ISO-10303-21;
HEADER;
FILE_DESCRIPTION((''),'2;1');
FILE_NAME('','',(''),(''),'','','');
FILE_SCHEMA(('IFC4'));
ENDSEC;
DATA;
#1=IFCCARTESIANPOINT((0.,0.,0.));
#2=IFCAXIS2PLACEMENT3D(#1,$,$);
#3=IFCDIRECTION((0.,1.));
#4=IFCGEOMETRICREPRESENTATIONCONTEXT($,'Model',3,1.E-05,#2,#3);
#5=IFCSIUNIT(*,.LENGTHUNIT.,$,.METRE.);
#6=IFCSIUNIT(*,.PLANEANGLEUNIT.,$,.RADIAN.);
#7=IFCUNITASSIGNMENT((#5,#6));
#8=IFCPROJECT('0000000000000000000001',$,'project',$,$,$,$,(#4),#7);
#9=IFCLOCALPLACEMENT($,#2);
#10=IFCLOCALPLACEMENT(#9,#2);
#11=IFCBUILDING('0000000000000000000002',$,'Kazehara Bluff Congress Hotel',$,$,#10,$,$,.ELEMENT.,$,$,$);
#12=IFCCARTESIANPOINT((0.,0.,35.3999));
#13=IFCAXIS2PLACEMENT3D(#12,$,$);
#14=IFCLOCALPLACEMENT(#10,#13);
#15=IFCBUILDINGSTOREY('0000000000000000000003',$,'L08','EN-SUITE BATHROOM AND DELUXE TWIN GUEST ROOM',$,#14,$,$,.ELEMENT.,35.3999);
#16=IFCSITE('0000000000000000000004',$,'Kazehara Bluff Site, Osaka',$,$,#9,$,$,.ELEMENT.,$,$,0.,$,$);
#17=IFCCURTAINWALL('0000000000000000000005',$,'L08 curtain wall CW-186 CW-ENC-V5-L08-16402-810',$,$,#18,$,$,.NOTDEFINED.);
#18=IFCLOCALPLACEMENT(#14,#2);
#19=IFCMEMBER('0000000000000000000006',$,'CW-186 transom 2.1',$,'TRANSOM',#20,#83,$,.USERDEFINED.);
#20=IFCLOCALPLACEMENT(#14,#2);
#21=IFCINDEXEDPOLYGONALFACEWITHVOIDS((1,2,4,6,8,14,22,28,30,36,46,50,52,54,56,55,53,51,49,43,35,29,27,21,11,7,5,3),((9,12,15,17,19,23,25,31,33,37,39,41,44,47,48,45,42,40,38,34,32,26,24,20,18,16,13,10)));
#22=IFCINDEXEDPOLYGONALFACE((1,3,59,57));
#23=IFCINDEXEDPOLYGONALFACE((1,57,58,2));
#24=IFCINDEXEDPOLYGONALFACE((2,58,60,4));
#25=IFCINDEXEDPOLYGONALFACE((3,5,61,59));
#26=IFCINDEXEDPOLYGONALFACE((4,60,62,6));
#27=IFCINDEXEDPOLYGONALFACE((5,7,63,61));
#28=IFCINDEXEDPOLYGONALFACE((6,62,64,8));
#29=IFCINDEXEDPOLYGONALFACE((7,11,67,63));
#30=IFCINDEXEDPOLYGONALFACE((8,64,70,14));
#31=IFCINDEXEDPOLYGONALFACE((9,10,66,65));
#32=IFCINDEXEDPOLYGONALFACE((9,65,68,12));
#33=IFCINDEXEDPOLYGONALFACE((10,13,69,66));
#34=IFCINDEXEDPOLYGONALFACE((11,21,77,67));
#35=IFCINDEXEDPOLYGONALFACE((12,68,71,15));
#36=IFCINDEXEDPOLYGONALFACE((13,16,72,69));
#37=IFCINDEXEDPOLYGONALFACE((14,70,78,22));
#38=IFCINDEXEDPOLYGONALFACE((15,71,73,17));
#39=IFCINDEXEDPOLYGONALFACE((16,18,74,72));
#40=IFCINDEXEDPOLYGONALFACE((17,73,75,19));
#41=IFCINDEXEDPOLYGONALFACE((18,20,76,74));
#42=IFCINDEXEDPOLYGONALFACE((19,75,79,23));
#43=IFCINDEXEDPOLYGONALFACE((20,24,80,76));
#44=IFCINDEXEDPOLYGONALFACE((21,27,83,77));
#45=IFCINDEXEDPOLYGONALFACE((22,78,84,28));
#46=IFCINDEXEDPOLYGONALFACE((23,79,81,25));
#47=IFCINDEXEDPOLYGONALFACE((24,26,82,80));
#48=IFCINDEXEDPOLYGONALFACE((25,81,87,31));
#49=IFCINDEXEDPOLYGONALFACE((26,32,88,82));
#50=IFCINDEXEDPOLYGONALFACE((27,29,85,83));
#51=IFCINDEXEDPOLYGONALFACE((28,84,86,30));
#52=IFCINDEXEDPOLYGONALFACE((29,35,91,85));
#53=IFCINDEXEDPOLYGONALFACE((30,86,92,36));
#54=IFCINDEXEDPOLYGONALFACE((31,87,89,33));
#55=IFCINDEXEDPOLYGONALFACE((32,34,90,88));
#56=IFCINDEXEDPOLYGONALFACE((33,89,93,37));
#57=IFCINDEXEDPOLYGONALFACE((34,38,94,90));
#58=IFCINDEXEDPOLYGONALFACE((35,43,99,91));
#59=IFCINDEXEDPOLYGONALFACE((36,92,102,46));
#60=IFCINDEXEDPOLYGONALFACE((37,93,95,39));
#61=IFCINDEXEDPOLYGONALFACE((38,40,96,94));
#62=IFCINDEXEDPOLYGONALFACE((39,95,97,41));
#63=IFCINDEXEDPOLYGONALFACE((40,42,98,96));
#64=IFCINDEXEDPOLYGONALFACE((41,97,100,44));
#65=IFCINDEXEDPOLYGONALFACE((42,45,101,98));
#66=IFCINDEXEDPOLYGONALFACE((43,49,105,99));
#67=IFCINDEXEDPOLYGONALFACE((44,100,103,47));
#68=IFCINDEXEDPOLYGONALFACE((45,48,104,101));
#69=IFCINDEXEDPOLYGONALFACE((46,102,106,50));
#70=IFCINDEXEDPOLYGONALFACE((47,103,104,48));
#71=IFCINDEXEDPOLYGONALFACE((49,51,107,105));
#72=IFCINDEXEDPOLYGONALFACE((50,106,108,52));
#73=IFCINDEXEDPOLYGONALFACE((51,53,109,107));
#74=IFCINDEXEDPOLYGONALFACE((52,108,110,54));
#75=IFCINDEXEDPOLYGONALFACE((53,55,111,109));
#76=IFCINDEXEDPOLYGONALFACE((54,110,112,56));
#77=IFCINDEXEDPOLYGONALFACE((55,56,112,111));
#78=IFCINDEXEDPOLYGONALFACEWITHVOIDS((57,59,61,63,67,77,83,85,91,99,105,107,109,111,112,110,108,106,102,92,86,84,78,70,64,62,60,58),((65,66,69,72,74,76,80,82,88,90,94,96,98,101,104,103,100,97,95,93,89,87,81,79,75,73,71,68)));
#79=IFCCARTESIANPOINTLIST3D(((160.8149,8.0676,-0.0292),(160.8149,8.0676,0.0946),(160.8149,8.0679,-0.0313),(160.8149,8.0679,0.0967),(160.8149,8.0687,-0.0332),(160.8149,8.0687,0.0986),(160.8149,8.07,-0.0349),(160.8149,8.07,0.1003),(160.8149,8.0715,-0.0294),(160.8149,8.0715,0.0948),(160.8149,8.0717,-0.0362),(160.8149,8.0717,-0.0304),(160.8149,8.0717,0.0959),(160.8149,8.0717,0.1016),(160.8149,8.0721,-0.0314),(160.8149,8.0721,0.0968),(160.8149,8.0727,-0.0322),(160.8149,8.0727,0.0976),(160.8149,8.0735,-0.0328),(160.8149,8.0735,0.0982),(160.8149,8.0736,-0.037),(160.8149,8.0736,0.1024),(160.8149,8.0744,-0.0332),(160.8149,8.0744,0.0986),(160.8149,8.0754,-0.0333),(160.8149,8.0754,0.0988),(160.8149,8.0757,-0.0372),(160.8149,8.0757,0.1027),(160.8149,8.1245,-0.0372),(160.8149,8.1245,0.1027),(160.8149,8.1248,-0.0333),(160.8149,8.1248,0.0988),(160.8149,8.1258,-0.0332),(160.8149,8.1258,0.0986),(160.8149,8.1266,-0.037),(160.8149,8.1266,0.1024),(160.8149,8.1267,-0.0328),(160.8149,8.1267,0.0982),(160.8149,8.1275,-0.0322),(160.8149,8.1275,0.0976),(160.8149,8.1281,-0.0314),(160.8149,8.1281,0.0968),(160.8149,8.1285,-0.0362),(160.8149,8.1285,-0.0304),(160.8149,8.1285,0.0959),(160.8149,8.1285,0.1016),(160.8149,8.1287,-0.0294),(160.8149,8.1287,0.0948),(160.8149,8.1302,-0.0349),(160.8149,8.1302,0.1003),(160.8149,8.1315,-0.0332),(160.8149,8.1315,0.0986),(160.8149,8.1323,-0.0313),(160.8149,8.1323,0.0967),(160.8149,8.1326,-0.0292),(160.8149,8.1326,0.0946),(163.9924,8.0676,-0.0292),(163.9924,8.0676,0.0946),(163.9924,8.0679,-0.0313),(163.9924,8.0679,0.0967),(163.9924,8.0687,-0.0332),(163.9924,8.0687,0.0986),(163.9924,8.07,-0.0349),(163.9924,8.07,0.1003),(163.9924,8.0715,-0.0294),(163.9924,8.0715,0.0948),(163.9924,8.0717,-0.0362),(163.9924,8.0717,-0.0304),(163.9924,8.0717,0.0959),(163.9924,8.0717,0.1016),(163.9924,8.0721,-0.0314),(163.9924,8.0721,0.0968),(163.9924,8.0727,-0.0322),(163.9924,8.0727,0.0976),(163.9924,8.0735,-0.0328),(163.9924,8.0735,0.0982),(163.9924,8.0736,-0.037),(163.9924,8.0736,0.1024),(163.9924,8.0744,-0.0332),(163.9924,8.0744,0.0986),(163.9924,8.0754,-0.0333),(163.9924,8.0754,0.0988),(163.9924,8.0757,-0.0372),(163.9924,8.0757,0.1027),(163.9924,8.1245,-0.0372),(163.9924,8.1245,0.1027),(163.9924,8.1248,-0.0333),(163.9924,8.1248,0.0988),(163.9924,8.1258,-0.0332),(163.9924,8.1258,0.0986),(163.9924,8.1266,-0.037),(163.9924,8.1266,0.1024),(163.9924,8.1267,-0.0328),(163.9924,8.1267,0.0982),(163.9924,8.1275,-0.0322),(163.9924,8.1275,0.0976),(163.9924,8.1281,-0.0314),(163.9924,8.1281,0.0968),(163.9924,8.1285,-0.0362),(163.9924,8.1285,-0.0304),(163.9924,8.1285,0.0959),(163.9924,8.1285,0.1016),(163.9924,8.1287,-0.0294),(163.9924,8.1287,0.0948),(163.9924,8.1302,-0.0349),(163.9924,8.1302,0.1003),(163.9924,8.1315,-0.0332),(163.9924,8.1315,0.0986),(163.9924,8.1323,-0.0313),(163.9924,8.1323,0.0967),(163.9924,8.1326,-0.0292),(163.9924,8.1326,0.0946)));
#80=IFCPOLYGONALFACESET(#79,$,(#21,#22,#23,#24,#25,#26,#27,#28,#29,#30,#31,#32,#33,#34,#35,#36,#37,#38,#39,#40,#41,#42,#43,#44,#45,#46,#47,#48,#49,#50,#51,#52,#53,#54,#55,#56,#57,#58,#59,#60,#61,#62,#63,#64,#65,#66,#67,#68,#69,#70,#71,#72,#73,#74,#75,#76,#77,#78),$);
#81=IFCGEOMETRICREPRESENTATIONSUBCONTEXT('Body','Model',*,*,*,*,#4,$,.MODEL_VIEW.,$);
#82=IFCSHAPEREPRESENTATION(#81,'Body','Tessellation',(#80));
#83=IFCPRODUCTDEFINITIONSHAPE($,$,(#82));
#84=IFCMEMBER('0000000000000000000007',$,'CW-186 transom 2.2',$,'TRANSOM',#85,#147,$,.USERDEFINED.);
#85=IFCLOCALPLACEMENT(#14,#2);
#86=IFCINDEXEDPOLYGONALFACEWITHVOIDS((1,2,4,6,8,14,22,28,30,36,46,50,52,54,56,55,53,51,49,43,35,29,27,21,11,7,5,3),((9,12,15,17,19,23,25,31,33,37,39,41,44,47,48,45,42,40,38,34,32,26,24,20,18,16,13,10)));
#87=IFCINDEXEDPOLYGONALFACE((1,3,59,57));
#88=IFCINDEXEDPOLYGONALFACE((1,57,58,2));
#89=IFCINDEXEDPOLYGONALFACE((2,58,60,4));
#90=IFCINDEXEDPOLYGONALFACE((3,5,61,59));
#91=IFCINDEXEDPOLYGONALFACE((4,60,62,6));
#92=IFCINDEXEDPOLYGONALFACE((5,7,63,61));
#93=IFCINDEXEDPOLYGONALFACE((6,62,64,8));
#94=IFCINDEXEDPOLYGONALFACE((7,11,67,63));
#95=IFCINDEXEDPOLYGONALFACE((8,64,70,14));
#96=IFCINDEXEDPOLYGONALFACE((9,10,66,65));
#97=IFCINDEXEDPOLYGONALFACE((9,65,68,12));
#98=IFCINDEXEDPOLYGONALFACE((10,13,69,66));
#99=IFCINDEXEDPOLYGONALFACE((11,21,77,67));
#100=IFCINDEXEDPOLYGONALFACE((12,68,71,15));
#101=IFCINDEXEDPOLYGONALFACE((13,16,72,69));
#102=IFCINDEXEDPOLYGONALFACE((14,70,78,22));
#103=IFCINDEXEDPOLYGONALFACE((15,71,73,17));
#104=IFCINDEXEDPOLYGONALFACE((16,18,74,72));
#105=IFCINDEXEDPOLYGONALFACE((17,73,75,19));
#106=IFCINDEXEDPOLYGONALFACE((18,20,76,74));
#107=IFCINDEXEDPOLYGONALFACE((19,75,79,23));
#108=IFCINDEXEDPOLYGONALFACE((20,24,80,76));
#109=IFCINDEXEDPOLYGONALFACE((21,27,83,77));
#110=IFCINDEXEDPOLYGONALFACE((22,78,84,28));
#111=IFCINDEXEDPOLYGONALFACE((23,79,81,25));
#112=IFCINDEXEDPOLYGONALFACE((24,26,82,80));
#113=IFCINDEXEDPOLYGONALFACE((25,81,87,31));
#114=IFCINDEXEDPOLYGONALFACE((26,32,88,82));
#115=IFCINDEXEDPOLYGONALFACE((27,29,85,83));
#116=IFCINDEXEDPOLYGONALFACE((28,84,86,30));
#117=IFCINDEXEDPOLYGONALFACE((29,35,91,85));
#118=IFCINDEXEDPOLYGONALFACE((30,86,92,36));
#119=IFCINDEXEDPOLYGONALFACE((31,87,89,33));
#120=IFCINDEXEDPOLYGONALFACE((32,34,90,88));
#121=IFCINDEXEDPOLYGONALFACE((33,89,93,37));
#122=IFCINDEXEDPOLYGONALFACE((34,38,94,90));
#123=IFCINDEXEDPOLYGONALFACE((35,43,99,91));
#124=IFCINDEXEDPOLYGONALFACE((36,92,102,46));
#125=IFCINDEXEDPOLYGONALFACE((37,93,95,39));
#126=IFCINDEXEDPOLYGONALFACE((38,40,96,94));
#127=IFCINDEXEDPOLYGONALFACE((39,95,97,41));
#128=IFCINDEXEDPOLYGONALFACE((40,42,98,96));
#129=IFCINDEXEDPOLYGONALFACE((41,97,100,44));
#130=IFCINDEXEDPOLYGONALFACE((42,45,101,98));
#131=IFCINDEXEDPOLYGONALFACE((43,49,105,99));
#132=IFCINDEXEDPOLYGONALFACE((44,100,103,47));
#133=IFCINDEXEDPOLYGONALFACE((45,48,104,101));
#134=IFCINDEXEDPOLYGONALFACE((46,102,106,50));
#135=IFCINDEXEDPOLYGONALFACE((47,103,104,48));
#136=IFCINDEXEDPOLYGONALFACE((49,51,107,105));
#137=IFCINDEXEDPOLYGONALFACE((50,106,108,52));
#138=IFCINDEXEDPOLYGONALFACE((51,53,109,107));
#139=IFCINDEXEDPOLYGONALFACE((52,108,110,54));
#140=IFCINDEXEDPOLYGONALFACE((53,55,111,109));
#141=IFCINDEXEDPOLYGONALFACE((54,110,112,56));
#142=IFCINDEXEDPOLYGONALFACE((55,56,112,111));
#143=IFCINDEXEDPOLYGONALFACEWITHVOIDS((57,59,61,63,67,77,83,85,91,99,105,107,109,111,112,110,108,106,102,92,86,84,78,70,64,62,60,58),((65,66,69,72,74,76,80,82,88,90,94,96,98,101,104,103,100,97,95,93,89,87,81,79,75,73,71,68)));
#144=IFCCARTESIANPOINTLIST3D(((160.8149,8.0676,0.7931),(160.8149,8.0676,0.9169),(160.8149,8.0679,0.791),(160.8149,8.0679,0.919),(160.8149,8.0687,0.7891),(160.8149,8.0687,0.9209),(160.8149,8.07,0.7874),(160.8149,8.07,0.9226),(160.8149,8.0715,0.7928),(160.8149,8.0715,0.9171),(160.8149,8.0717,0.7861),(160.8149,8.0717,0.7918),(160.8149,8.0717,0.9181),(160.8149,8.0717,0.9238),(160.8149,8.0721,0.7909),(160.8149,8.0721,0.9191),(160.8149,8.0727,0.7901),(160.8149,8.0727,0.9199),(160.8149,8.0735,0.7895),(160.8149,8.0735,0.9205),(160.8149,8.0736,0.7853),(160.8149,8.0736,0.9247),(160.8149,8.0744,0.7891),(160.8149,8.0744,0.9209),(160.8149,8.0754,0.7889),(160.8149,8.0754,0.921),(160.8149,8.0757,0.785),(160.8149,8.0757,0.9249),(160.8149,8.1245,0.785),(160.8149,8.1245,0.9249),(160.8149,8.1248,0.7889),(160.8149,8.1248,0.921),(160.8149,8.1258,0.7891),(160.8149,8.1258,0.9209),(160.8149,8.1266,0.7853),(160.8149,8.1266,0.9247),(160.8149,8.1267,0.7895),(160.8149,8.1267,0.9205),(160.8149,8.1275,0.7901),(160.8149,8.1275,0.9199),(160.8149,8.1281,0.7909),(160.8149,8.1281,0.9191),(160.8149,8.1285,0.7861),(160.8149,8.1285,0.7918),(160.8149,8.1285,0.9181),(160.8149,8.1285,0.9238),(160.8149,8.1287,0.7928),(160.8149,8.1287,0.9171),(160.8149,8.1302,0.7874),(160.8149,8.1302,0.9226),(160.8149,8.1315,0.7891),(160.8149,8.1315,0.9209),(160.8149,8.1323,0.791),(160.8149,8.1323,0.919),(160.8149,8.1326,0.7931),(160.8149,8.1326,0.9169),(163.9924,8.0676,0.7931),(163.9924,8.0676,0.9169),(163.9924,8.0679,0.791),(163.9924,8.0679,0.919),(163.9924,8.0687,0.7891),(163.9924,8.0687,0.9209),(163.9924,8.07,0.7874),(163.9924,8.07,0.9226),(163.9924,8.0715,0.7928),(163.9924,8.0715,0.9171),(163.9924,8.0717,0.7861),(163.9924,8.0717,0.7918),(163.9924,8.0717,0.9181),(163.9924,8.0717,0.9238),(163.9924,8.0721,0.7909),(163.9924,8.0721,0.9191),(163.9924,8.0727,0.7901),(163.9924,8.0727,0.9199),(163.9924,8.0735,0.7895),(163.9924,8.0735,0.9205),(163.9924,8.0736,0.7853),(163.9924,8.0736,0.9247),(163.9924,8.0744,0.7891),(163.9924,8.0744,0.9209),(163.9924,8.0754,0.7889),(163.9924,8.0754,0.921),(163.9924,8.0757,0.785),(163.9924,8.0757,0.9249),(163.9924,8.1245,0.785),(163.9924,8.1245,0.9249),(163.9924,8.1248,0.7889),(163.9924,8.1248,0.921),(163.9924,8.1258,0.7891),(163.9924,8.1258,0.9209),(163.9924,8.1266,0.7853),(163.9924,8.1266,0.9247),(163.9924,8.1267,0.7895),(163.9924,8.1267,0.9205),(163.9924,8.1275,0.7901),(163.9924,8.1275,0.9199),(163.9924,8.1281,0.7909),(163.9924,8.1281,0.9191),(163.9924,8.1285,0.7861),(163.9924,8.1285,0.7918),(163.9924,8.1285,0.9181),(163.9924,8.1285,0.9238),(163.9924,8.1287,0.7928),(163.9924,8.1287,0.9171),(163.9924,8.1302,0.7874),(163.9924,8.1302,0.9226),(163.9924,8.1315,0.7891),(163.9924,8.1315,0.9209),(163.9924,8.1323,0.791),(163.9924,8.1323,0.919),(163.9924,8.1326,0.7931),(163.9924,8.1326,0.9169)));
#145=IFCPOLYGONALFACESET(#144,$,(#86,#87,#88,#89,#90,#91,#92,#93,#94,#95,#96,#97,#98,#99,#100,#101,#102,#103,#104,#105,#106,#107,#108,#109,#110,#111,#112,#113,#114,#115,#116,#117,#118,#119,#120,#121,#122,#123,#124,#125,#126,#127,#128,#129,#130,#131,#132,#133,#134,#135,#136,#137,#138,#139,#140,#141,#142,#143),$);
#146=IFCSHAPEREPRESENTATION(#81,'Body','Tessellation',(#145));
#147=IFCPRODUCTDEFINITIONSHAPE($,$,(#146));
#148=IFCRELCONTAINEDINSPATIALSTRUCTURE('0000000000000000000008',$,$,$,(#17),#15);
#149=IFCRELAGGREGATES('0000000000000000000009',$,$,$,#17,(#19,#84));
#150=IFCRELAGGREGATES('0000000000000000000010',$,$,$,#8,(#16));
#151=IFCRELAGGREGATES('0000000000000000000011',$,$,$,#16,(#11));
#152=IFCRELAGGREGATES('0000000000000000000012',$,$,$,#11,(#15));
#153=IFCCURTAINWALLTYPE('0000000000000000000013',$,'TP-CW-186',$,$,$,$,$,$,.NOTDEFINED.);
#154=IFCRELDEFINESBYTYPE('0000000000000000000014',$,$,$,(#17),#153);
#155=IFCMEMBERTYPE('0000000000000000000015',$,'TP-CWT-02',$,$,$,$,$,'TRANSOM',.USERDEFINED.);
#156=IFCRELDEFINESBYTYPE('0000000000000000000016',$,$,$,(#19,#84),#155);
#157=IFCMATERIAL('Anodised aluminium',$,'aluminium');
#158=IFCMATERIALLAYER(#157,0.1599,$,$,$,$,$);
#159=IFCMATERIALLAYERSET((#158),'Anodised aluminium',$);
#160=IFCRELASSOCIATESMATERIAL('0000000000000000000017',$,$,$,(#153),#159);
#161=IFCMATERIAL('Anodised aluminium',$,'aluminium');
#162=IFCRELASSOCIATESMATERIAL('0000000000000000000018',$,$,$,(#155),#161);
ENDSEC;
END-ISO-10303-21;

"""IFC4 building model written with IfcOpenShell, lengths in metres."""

from ifc_helpers import new_model, si_unit, direction, frame, origin, origin_2d, place, context, subcontext, project, spatial, hollow_rectangle, extrude, material, layer, layer_set, material_profile, profile_set, type_object, element, aggregate, save


model = new_model("IFC4")

# Units and contexts
model_context = context("Model", 3, precision=1e-05, world=origin(), true_north=direction((0.0, 1.0)))
body_context = subcontext(model_context, "Body", "Model", "MODEL_VIEW")
ifc_project = project(units=[si_unit("LENGTHUNIT", "METRE"), si_unit("PLANEANGLEUNIT", "RADIAN")], contexts=[model_context])

# Site, building, storey
site_placement = place(None, origin())
site = spatial("IfcSite", under=ifc_project, at=site_placement, Name="Kazehara Bluff Site, Osaka", CompositionType="ELEMENT", RefElevation=0.0)
building_placement = place(site_placement, origin())
building = spatial("IfcBuilding", under=site, at=building_placement, Name="Kazehara Bluff Congress Hotel", CompositionType="ELEMENT")
storey_placement = place(building_placement, frame((0.0, 0.0, 35.3999)))
storey = spatial("IfcBuildingStorey", under=building, at=storey_placement, Name="L08", Description="EN-SUITE BATHROOM AND DELUXE TWIN GUEST ROOM", CompositionType="ELEMENT", Elevation=35.3999)

# Curtain wall, members
ifc_material_1 = material(Name="Anodised aluminium", Category="aluminium")
ifc_layer_1 = layer(ifc_material_1, 0.1599)
ifc_layer_set_1 = layer_set([ifc_layer_1], Name="Anodised aluminium")
curtain_wall_type = type_object("IfcCurtainWallType", Name="TP-CW-186", PredefinedType="NOTDEFINED", material=ifc_layer_set_1)
curtain_wall_placement = place(storey_placement, origin())
curtain_wall = element("IfcCurtainWall", 1, at=curtain_wall_placement, inside=storey, type_object=curtain_wall_type, Name="L08 curtain wall CW-186 CW-ENC-V5-L08-16402-810", PredefinedType="NOTDEFINED")
ifc_material_2 = material(Name="Anodised aluminium", Category="aluminium")
ifc_material_profile_1 = material_profile(ifc_material_2, hollow_rectangle(XDim=0.0649, YDim=0.1399, WallThickness=0.0039, InnerFilletRadius=0.0039, OuterFilletRadius=0.0081, at=origin_2d()))
ifc_profile_set_1 = profile_set([ifc_material_profile_1], Name="Anodised aluminium")
member_type_1 = type_object("IfcMemberType", Name="TP-CWT-02", ElementType="TRANSOM", PredefinedType="USERDEFINED", material=ifc_profile_set_1)
member_1_placement = place(storey_placement, frame((163.9924, 8.1001, 0.0327), z_axis=(-1.0, 0.0, 0.0), x_axis=(0.0, -1.0, 0.0)))
member_1 = element("IfcMember", 2, at=member_1_placement, type_object=member_type_1, Name="CW-186 transom 2.1", ObjectType="TRANSOM", PredefinedType="USERDEFINED", context=body_context, shape_type="SweptSolid", body=[
    extrude(hollow_rectangle(XDim=0.0649, YDim=0.1399, WallThickness=0.0039, InnerFilletRadius=0.0039, OuterFilletRadius=0.0081, at=origin_2d()), origin(), (0.0, 0.0, 1.0), 3.1775),
])
member_2_placement = place(storey_placement, frame((163.9924, 8.1001, 0.855), z_axis=(-1.0, 0.0, 0.0), x_axis=(0.0, -1.0, 0.0)))
member_2 = element("IfcMember", 3, at=member_2_placement, type_object=member_type_1, Name="CW-186 transom 2.2", ObjectType="TRANSOM", PredefinedType="USERDEFINED", context=body_context, shape_type="SweptSolid", body=[
    extrude(hollow_rectangle(XDim=0.0649, YDim=0.1399, WallThickness=0.0039, InnerFilletRadius=0.0039, OuterFilletRadius=0.0081, at=origin_2d()), origin(), (0.0, 0.0, 1.0), 3.1775),
])

aggregate(curtain_wall, [member_1, member_2])

save(model, "model.ifc")
